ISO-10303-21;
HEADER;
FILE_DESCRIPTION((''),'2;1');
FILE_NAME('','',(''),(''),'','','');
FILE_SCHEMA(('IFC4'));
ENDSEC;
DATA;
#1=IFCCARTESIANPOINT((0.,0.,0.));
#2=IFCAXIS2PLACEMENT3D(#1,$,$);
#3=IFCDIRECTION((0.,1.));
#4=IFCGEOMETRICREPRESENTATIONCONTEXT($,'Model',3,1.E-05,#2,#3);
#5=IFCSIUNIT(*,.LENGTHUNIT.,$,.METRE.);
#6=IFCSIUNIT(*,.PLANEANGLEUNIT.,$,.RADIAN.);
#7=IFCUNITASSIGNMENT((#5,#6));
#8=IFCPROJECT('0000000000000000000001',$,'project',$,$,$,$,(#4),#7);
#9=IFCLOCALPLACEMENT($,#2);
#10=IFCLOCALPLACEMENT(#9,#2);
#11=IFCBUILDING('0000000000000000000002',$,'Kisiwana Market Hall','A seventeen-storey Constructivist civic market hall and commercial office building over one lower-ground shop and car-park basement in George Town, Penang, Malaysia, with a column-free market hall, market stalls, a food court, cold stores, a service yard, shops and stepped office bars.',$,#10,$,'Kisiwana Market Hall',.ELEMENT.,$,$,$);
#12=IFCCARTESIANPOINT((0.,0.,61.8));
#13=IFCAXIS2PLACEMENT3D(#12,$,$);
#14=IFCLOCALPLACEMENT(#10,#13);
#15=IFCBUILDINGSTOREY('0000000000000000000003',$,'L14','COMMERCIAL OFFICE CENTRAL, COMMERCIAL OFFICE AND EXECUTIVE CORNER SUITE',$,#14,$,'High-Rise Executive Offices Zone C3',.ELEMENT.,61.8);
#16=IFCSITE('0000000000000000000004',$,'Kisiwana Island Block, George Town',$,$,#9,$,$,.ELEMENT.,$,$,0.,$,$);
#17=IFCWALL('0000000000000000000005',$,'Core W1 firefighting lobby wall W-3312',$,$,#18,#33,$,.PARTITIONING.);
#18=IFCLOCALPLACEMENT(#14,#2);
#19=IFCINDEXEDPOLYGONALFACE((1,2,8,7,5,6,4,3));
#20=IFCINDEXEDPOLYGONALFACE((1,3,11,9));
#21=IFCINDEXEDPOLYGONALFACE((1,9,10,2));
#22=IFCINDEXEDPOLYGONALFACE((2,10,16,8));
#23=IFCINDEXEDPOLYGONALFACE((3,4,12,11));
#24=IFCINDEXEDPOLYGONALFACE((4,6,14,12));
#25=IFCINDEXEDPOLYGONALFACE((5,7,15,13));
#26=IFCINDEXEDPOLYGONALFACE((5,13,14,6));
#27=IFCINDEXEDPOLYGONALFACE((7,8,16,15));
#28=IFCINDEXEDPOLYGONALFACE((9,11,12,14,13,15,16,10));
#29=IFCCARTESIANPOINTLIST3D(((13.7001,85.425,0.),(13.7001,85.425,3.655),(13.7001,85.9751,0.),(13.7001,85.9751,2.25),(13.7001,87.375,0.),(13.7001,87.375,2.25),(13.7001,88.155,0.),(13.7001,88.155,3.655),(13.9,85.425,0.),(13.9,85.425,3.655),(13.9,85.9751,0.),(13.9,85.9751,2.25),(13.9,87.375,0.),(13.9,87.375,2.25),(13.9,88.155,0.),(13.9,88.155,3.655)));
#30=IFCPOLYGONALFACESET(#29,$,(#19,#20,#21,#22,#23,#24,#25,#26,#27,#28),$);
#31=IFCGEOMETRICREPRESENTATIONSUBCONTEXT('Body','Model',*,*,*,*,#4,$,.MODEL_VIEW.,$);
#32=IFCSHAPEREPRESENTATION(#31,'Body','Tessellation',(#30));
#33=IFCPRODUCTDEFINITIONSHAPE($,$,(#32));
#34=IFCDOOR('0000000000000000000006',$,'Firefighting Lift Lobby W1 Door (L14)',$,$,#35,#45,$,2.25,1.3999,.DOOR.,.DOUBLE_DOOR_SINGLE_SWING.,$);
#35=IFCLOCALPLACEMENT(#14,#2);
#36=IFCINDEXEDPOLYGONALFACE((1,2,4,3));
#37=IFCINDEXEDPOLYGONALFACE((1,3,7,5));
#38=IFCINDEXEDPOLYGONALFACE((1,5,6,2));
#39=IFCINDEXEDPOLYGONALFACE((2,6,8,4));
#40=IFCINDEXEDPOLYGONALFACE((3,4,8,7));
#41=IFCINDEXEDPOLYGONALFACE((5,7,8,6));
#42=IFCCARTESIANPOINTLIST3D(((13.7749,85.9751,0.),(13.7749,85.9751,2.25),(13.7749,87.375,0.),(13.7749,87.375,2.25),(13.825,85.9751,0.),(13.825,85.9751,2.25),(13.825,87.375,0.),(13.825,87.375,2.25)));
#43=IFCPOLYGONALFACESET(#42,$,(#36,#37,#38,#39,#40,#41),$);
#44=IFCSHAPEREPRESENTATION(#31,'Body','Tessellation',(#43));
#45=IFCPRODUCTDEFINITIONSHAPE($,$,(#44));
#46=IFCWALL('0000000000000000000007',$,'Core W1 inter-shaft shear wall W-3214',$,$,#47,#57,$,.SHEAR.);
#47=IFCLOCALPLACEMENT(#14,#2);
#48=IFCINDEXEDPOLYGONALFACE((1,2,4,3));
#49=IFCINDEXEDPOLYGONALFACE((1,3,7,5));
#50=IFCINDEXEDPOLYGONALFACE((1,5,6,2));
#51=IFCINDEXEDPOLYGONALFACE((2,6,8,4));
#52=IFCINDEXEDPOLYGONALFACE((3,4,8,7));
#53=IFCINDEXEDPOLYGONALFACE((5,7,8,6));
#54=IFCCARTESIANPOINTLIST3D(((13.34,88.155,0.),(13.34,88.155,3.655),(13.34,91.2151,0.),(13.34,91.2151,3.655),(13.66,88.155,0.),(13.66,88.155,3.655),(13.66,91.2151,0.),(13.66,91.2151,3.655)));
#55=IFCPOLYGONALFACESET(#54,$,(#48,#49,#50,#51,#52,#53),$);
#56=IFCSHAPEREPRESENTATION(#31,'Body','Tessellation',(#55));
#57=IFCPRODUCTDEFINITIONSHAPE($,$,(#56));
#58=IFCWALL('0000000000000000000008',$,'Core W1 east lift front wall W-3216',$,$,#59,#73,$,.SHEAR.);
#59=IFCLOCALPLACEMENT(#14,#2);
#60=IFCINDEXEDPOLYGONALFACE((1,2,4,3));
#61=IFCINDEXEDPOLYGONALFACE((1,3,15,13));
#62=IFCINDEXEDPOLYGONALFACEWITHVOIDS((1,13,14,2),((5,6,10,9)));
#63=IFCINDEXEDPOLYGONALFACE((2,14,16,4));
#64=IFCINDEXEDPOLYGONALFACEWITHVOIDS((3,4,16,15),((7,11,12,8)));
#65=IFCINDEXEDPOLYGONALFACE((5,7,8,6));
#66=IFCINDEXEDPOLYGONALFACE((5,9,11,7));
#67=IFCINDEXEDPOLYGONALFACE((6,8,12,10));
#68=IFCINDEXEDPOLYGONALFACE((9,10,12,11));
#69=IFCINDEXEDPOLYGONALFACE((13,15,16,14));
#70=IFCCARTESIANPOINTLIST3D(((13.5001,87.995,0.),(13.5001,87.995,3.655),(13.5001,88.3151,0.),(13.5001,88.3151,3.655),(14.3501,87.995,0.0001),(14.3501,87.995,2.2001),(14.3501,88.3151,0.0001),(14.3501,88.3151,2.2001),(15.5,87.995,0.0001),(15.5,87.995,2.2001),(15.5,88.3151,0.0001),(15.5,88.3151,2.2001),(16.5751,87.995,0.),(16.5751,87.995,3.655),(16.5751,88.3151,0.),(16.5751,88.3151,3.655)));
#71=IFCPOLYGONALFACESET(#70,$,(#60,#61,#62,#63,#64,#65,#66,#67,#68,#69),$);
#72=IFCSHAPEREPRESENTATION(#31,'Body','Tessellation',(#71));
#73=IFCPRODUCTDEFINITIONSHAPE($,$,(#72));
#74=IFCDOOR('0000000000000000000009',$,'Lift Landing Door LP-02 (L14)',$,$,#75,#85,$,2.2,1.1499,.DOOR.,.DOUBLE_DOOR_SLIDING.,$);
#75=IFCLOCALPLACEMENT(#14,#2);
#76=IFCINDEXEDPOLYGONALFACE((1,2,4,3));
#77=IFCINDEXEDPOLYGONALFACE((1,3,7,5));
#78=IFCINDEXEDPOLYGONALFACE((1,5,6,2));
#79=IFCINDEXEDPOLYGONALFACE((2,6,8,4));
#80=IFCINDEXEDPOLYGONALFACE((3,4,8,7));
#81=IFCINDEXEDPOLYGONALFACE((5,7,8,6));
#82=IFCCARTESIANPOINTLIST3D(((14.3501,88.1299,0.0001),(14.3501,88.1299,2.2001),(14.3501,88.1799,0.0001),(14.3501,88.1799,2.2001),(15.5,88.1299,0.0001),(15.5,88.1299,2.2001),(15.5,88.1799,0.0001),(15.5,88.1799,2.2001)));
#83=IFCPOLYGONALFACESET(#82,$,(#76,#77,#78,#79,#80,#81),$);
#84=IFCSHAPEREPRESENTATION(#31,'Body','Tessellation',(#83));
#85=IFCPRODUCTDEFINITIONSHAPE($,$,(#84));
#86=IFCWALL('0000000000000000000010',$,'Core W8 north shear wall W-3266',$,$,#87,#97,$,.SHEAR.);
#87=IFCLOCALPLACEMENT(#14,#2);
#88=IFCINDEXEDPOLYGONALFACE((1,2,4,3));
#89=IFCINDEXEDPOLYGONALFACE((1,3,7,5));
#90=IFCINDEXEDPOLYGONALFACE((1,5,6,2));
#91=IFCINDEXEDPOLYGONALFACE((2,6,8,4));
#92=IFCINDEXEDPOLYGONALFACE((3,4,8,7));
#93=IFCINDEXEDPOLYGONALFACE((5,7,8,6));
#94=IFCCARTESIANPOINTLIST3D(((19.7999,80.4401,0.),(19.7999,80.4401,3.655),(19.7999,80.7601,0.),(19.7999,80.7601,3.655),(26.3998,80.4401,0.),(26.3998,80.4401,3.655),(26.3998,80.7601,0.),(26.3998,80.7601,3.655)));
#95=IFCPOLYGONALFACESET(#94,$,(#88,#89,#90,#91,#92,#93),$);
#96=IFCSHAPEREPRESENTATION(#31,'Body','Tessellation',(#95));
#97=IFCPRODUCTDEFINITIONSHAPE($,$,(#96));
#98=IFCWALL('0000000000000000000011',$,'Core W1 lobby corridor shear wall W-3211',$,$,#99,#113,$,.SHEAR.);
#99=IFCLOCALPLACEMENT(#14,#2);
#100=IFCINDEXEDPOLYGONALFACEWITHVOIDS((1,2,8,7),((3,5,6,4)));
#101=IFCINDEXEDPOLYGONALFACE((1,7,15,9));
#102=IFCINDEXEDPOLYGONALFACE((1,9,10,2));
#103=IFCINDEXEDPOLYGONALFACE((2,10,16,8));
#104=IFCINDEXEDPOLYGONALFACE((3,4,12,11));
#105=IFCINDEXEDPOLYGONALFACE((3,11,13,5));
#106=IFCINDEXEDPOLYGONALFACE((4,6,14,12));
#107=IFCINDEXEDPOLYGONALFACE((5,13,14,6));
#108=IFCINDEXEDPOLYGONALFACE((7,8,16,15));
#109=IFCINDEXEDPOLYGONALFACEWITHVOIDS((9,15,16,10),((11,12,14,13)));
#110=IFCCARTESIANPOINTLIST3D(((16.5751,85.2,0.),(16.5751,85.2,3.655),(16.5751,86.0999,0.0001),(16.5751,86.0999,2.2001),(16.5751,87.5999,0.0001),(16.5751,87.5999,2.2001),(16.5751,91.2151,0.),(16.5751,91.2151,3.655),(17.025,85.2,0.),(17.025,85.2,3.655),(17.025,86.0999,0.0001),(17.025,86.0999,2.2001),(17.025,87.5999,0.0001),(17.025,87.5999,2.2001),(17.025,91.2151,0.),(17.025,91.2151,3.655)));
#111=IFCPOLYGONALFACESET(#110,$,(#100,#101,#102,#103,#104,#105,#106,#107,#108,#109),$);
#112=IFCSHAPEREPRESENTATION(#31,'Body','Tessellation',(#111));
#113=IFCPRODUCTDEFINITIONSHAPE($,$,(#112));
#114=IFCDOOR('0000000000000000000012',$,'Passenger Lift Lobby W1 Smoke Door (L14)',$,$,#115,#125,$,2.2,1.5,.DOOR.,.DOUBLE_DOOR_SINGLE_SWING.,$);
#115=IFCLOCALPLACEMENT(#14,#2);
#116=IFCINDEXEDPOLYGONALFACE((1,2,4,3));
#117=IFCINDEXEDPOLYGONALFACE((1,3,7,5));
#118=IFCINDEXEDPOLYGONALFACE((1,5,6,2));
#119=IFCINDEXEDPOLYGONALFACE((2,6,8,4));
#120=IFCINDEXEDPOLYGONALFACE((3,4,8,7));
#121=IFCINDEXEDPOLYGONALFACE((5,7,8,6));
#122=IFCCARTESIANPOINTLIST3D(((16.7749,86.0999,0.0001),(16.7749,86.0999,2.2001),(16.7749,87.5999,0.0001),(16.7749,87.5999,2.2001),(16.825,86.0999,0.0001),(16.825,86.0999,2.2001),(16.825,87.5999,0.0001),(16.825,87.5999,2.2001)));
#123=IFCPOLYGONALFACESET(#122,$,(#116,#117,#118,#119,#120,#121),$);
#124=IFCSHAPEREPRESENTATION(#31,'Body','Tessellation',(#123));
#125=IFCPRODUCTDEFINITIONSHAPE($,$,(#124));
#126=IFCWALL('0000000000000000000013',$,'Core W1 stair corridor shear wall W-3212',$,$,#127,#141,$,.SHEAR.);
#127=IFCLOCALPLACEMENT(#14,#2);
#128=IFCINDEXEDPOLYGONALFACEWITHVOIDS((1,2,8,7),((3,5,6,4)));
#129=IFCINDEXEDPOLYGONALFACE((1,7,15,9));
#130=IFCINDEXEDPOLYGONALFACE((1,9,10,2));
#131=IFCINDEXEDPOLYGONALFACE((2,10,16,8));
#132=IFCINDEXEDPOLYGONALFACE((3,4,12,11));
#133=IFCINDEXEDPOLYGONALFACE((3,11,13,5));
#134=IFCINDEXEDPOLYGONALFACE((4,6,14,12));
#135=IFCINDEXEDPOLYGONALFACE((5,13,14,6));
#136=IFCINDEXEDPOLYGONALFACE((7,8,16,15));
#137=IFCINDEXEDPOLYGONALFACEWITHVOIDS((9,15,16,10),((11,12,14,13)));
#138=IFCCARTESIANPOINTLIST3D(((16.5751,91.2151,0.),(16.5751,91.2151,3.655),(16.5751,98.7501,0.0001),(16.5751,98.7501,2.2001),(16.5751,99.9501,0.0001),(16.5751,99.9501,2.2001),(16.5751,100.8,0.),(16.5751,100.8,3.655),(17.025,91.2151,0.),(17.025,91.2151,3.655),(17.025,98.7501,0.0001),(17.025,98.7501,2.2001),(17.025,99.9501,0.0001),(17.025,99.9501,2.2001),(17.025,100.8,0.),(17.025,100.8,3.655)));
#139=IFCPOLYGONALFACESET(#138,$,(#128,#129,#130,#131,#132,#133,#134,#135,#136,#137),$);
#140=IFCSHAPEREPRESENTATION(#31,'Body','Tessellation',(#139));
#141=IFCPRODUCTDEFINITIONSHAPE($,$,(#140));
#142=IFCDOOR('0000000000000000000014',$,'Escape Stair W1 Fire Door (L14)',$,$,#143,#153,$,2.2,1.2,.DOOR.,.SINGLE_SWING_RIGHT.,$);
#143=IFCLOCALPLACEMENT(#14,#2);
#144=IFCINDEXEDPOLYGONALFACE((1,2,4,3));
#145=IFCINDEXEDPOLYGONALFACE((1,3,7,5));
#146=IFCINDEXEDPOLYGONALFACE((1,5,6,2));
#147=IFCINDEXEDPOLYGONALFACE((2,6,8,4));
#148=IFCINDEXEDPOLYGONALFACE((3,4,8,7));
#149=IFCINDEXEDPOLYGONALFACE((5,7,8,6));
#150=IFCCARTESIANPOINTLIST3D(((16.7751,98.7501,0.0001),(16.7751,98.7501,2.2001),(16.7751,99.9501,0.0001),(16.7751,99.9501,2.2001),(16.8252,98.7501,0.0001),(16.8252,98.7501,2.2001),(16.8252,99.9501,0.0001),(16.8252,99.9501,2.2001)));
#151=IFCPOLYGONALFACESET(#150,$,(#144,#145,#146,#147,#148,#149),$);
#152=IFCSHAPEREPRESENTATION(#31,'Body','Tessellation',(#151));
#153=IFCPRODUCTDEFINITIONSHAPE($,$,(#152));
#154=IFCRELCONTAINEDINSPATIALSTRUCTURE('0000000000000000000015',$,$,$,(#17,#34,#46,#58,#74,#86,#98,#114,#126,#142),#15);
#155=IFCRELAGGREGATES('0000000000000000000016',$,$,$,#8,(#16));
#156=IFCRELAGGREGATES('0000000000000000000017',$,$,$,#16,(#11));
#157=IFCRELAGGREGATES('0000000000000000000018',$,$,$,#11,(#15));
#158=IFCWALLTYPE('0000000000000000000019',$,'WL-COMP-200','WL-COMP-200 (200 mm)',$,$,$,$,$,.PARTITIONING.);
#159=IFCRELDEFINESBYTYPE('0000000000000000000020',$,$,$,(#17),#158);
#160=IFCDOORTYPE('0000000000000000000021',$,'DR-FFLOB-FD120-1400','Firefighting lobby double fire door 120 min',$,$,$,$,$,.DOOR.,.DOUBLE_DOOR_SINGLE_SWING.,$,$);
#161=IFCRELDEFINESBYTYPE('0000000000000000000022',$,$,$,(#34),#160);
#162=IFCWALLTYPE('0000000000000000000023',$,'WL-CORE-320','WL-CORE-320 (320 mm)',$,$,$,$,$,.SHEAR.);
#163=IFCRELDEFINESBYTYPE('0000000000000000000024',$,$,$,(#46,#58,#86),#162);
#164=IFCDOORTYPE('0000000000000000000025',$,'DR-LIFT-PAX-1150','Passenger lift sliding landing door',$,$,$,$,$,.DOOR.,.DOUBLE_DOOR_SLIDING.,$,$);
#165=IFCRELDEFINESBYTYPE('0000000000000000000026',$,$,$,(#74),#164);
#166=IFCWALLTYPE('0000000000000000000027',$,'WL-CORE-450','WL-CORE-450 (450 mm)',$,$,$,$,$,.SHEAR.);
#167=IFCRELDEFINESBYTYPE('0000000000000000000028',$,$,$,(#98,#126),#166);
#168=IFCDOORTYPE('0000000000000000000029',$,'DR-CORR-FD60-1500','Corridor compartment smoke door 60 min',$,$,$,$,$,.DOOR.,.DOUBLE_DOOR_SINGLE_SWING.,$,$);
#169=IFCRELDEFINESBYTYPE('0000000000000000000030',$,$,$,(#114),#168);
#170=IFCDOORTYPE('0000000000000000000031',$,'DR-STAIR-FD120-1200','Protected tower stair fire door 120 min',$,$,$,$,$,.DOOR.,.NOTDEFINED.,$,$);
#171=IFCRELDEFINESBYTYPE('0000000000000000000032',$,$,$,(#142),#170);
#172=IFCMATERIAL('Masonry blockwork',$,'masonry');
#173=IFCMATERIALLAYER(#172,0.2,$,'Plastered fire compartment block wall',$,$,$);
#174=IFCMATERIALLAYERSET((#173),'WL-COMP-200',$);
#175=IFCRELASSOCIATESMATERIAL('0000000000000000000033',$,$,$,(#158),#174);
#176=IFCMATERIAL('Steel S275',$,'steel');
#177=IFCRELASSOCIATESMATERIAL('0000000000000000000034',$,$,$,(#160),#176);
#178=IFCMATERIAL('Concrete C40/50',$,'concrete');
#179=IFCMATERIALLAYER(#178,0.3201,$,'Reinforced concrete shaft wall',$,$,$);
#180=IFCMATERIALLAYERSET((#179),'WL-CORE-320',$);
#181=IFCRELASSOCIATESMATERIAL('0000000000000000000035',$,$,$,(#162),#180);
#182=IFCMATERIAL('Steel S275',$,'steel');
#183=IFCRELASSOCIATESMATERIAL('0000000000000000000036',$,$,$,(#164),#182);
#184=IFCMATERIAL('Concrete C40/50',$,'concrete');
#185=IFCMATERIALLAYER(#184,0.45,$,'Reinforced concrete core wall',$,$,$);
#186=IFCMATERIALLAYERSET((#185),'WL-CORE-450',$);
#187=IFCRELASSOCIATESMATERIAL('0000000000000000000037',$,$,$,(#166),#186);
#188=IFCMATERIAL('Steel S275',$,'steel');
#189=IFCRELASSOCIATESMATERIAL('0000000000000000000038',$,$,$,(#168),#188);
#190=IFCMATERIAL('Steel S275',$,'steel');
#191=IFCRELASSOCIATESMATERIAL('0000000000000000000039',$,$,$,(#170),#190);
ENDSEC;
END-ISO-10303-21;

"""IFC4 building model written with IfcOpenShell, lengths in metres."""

from ifc_helpers import new_model, si_unit, direction, frame, frame_2d, origin, place, context, subcontext, project, spatial, rectangle, extrude, material, layer, layer_set, type_object, element, fill, save


model = new_model("IFC4")

# Units and contexts
model_context = context("Model", 3, precision=1e-05, world=origin(), true_north=direction((0.0, 1.0)))
body_context = subcontext(model_context, "Body", "Model", "MODEL_VIEW")
ifc_project = project(units=[si_unit("LENGTHUNIT", "METRE"), si_unit("PLANEANGLEUNIT", "RADIAN")], contexts=[model_context])

# Site, building, storey
site_placement = place(None, origin())
site = spatial("IfcSite", under=ifc_project, at=site_placement, Name="Kisiwana Island Block, George Town", CompositionType="ELEMENT", RefElevation=0.0)
building_placement = place(site_placement, origin())
building = spatial("IfcBuilding", under=site, at=building_placement, Name="Kisiwana Market Hall", Description="A seventeen-storey Constructivist civic market hall and commercial office building over one lower-ground shop and car-park basement in George Town, Penang, Malaysia, with a column-free market hall, market stalls, a food court, cold stores, a service yard, shops and stepped office bars.", LongName="Kisiwana Market Hall", CompositionType="ELEMENT")
storey_placement = place(building_placement, frame((0.0, 0.0, 61.8)))
storey = spatial("IfcBuildingStorey", under=building, at=storey_placement, Name="L14", Description="COMMERCIAL OFFICE CENTRAL, COMMERCIAL OFFICE AND EXECUTIVE CORNER SUITE", LongName="High-Rise Executive Offices Zone C3", CompositionType="ELEMENT", Elevation=61.8)

# Wall, opening, door
ifc_material_1 = material(Name="Masonry blockwork", Category="masonry")
ifc_layer_1 = layer(ifc_material_1, 0.2, Name="Plastered fire compartment block wall")
ifc_layer_set_1 = layer_set([ifc_layer_1], Name="WL-COMP-200")
wall_type_1 = type_object("IfcWallType", Name="WL-COMP-200", Description="WL-COMP-200 (200 mm)", PredefinedType="PARTITIONING", material=ifc_layer_set_1)
wall_1_placement = place(storey_placement, frame((13.8, 85.425, 0.0), z_axis=(0.0, 0.0, 1.0), x_axis=(0.0, 1.0, 0.0)))
wall_1 = element("IfcWall", 1, at=wall_1_placement, inside=storey, type_object=wall_type_1, Name="Core W1 firefighting lobby wall W-3312", PredefinedType="PARTITIONING", context=body_context, shape_type="SweptSolid", body=[
    extrude(rectangle(XDim=2.73, YDim=0.2, at=frame_2d((1.365, 0.0))), origin(), (0.0, 0.0, 1.0), 3.655),
])
opening_1_placement = place(wall_1_placement, frame((0.55, 0.0, 0.0)))
opening_1 = element("IfcOpeningElement", 2, at=opening_1_placement, cuts=wall_1, PredefinedType="OPENING", context=body_context, shape_type="SweptSolid", body=[
    extrude(rectangle(XDim=1.3999, YDim=2.25, at=frame_2d((0.7, 1.125))), frame((0.0, 0.1118, 0.0), z_axis=(0.0, -1.0, 0.0), x_axis=(1.0, 0.0, 0.0)), (0.0, 0.0, 1.0), 0.2239),
])
ifc_material_2 = material(Name="Steel S275", Category="steel")
door_type_1 = type_object("IfcDoorType", Name="DR-FFLOB-FD120-1400", Description="Firefighting lobby double fire door 120 min", OperationType="DOUBLE_DOOR_SINGLE_SWING", PredefinedType="DOOR", material=ifc_material_2)
door_1_placement = place(opening_1_placement, frame((1.3999, 0.0, 0.0), z_axis=(0.0, 0.0, 1.0), x_axis=(-1.0, 0.0, 0.0)))
door_1 = element("IfcDoor", 3, at=door_1_placement, inside=storey, type_object=door_type_1, Name="Firefighting Lift Lobby W1 Door (L14)", OperationType="DOUBLE_DOOR_SINGLE_SWING", OverallHeight=2.25, OverallWidth=1.3999, PredefinedType="DOOR", context=body_context, shape_type="SweptSolid", body=[
    extrude(rectangle(XDim=1.3999, YDim=2.25, at=frame_2d((0.7, 1.125))), frame((0.0, 0.0249, 0.0), z_axis=(0.0, -1.0, 0.0), x_axis=(1.0, 0.0, 0.0)), (0.0, 0.0, 1.0), 0.05),
])
fill(opening_1, door_1)

# Wall
ifc_material_3 = material(Name="Concrete C40/50", Category="concrete")
ifc_layer_2 = layer(ifc_material_3, 0.3201, Name="Reinforced concrete shaft wall")
ifc_layer_set_2 = layer_set([ifc_layer_2], Name="WL-CORE-320")
wall_type_2 = type_object("IfcWallType", Name="WL-CORE-320", Description="WL-CORE-320 (320 mm)", PredefinedType="SHEAR", material=ifc_layer_set_2)
wall_2_placement = place(storey_placement, frame((13.5, 88.155, 0.0), z_axis=(0.0, 0.0, 1.0), x_axis=(0.0, 1.0, 0.0)))
element("IfcWall", 4, at=wall_2_placement, inside=storey, type_object=wall_type_2, Name="Core W1 inter-shaft shear wall W-3214", PredefinedType="SHEAR", context=body_context, shape_type="SweptSolid", body=[
    extrude(rectangle(XDim=3.0601, YDim=0.3201, at=frame_2d((1.53, 0.0))), origin(), (0.0, 0.0, 1.0), 3.655),
])

# Wall, opening, door
wall_3_placement = place(storey_placement, frame((13.5, 88.155, 0.0), z_axis=(0.0, 0.0, 1.0), x_axis=(1.0, 0.0, 0.0)))
wall_3 = element("IfcWall", 5, at=wall_3_placement, inside=storey, type_object=wall_type_2, Name="Core W1 east lift front wall W-3216", PredefinedType="SHEAR", context=body_context, shape_type="SweptSolid", body=[
    extrude(rectangle(XDim=3.075, YDim=0.3201, at=frame_2d((1.5376, 0.0))), origin(), (0.0, 0.0, 1.0), 3.655),
])
opening_2_placement = place(wall_3_placement, frame((0.8501, 0.0, 0.0)))
opening_2 = element("IfcOpeningElement", 6, at=opening_2_placement, cuts=wall_3, PredefinedType="OPENING", context=body_context, shape_type="SweptSolid", body=[
    extrude(rectangle(XDim=1.1499, YDim=2.2, at=frame_2d((0.575, 1.1001))), frame((0.0, 0.1719, 0.0), z_axis=(0.0, -1.0, 0.0), x_axis=(1.0, 0.0, 0.0)), (0.0, 0.0, 1.0), 0.344),
])
ifc_material_4 = material(Name="Steel S275", Category="steel")
door_type_2 = type_object("IfcDoorType", Name="DR-LIFT-PAX-1150", Description="Passenger lift sliding landing door", OperationType="DOUBLE_DOOR_SLIDING", PredefinedType="DOOR", material=ifc_material_4)
door_2_placement = place(opening_2_placement, origin())
door_2 = element("IfcDoor", 7, at=door_2_placement, inside=storey, type_object=door_type_2, Name="Lift Landing Door LP-02 (L14)", OperationType="DOUBLE_DOOR_SLIDING", OverallHeight=2.2, OverallWidth=1.1499, PredefinedType="DOOR", context=body_context, shape_type="SweptSolid", body=[
    extrude(rectangle(XDim=1.1499, YDim=2.2, at=frame_2d((0.575, 1.1001))), frame((0.0, 0.0249, 0.0), z_axis=(0.0, -1.0, 0.0), x_axis=(1.0, 0.0, 0.0)), (0.0, 0.0, 1.0), 0.05),
])
fill(opening_2, door_2)

# Wall
wall_4_placement = place(storey_placement, frame((19.8, 80.6001, 0.0), z_axis=(0.0, 0.0, 1.0), x_axis=(1.0, 0.0, 0.0)))
element("IfcWall", 8, at=wall_4_placement, inside=storey, type_object=wall_type_2, Name="Core W8 north shear wall W-3266", PredefinedType="SHEAR", context=body_context, shape_type="SweptSolid", body=[
    extrude(rectangle(XDim=6.5999, YDim=0.3201, at=frame_2d((3.2998, 0.0))), origin(), (0.0, 0.0, 1.0), 3.655),
])

# Walls, openings, doors
ifc_material_5 = material(Name="Concrete C40/50", Category="concrete")
ifc_layer_3 = layer(ifc_material_5, 0.45, Name="Reinforced concrete core wall")
ifc_layer_set_3 = layer_set([ifc_layer_3], Name="WL-CORE-450")
wall_type_3 = type_object("IfcWallType", Name="WL-CORE-450", Description="WL-CORE-450 (450 mm)", PredefinedType="SHEAR", material=ifc_layer_set_3)
wall_5_placement = place(storey_placement, frame((16.8, 85.2, 0.0), z_axis=(0.0, 0.0, 1.0), x_axis=(0.0, 1.0, 0.0)))
wall_5 = element("IfcWall", 9, at=wall_5_placement, inside=storey, type_object=wall_type_3, Name="Core W1 lobby corridor shear wall W-3211", PredefinedType="SHEAR", context=body_context, shape_type="SweptSolid", body=[
    extrude(rectangle(XDim=6.0151, YDim=0.45, at=frame_2d((3.0076, 0.0))), origin(), (0.0, 0.0, 1.0), 3.655),
])
opening_3_placement = place(wall_5_placement, frame((0.8999, 0.0, 0.0)))
opening_3 = element("IfcOpeningElement", 10, at=opening_3_placement, cuts=wall_5, PredefinedType="OPENING", context=body_context, shape_type="SweptSolid", body=[
    extrude(rectangle(XDim=1.5, YDim=2.2, at=frame_2d((0.75, 1.1001))), frame((0.0, 0.2368, 0.0), z_axis=(0.0, -1.0, 0.0), x_axis=(1.0, 0.0, 0.0)), (0.0, 0.0, 1.0), 0.4739),
])
ifc_material_6 = material(Name="Steel S275", Category="steel")
door_type_3 = type_object("IfcDoorType", Name="DR-CORR-FD60-1500", Description="Corridor compartment smoke door 60 min", OperationType="DOUBLE_DOOR_SINGLE_SWING", PredefinedType="DOOR", material=ifc_material_6)
door_3_placement = place(opening_3_placement, frame((1.5, 0.0, 0.0), z_axis=(0.0, 0.0, 1.0), x_axis=(-1.0, 0.0, 0.0)))
door_3 = element("IfcDoor", 11, at=door_3_placement, inside=storey, type_object=door_type_3, Name="Passenger Lift Lobby W1 Smoke Door (L14)", OperationType="DOUBLE_DOOR_SINGLE_SWING", OverallHeight=2.2, OverallWidth=1.5, PredefinedType="DOOR", context=body_context, shape_type="SweptSolid", body=[
    extrude(rectangle(XDim=1.5, YDim=2.2, at=frame_2d((0.75, 1.1001))), frame((0.0, 0.0249, 0.0), z_axis=(0.0, -1.0, 0.0), x_axis=(1.0, 0.0, 0.0)), (0.0, 0.0, 1.0), 0.05),
])
fill(opening_3, door_3)
wall_6_placement = place(storey_placement, frame((16.8, 91.2151, 0.0), z_axis=(0.0, 0.0, 1.0), x_axis=(0.0, 1.0, 0.0)))
wall_6 = element("IfcWall", 12, at=wall_6_placement, inside=storey, type_object=wall_type_3, Name="Core W1 stair corridor shear wall W-3212", PredefinedType="SHEAR", context=body_context, shape_type="SweptSolid", body=[
    extrude(rectangle(XDim=9.585, YDim=0.45, at=frame_2d((4.7925, 0.0))), origin(), (0.0, 0.0, 1.0), 3.655),
])
opening_4_placement = place(wall_6_placement, frame((7.5349, 0.0, 0.0)))
opening_4 = element("IfcOpeningElement", 13, at=opening_4_placement, cuts=wall_6, PredefinedType="OPENING", context=body_context, shape_type="SweptSolid", body=[
    extrude(rectangle(XDim=1.2, YDim=2.2, at=frame_2d((0.6001, 1.1001))), frame((0.0, 0.2368, 0.0), z_axis=(0.0, -1.0, 0.0), x_axis=(1.0, 0.0, 0.0)), (0.0, 0.0, 1.0), 0.4739),
])
ifc_material_7 = material(Name="Steel S275", Category="steel")
door_type_4 = type_object("IfcDoorType", Name="DR-STAIR-FD120-1200", Description="Protected tower stair fire door 120 min", OperationType="NOTDEFINED", PredefinedType="DOOR", material=ifc_material_7)
door_4_placement = place(opening_4_placement, origin())
door_4 = element("IfcDoor", 14, at=door_4_placement, inside=storey, type_object=door_type_4, Name="Escape Stair W1 Fire Door (L14)", OperationType="SINGLE_SWING_RIGHT", OverallHeight=2.2, OverallWidth=1.2, PredefinedType="DOOR", context=body_context, shape_type="SweptSolid", body=[
    extrude(rectangle(XDim=1.2, YDim=2.2, at=frame_2d((0.6001, 1.1001))), frame((0.0, 0.0249, 0.0), z_axis=(0.0, -1.0, 0.0), x_axis=(1.0, 0.0, 0.0)), (0.0, 0.0, 1.0), 0.05),
])
fill(opening_4, door_4)

save(model, "model.ifc")
